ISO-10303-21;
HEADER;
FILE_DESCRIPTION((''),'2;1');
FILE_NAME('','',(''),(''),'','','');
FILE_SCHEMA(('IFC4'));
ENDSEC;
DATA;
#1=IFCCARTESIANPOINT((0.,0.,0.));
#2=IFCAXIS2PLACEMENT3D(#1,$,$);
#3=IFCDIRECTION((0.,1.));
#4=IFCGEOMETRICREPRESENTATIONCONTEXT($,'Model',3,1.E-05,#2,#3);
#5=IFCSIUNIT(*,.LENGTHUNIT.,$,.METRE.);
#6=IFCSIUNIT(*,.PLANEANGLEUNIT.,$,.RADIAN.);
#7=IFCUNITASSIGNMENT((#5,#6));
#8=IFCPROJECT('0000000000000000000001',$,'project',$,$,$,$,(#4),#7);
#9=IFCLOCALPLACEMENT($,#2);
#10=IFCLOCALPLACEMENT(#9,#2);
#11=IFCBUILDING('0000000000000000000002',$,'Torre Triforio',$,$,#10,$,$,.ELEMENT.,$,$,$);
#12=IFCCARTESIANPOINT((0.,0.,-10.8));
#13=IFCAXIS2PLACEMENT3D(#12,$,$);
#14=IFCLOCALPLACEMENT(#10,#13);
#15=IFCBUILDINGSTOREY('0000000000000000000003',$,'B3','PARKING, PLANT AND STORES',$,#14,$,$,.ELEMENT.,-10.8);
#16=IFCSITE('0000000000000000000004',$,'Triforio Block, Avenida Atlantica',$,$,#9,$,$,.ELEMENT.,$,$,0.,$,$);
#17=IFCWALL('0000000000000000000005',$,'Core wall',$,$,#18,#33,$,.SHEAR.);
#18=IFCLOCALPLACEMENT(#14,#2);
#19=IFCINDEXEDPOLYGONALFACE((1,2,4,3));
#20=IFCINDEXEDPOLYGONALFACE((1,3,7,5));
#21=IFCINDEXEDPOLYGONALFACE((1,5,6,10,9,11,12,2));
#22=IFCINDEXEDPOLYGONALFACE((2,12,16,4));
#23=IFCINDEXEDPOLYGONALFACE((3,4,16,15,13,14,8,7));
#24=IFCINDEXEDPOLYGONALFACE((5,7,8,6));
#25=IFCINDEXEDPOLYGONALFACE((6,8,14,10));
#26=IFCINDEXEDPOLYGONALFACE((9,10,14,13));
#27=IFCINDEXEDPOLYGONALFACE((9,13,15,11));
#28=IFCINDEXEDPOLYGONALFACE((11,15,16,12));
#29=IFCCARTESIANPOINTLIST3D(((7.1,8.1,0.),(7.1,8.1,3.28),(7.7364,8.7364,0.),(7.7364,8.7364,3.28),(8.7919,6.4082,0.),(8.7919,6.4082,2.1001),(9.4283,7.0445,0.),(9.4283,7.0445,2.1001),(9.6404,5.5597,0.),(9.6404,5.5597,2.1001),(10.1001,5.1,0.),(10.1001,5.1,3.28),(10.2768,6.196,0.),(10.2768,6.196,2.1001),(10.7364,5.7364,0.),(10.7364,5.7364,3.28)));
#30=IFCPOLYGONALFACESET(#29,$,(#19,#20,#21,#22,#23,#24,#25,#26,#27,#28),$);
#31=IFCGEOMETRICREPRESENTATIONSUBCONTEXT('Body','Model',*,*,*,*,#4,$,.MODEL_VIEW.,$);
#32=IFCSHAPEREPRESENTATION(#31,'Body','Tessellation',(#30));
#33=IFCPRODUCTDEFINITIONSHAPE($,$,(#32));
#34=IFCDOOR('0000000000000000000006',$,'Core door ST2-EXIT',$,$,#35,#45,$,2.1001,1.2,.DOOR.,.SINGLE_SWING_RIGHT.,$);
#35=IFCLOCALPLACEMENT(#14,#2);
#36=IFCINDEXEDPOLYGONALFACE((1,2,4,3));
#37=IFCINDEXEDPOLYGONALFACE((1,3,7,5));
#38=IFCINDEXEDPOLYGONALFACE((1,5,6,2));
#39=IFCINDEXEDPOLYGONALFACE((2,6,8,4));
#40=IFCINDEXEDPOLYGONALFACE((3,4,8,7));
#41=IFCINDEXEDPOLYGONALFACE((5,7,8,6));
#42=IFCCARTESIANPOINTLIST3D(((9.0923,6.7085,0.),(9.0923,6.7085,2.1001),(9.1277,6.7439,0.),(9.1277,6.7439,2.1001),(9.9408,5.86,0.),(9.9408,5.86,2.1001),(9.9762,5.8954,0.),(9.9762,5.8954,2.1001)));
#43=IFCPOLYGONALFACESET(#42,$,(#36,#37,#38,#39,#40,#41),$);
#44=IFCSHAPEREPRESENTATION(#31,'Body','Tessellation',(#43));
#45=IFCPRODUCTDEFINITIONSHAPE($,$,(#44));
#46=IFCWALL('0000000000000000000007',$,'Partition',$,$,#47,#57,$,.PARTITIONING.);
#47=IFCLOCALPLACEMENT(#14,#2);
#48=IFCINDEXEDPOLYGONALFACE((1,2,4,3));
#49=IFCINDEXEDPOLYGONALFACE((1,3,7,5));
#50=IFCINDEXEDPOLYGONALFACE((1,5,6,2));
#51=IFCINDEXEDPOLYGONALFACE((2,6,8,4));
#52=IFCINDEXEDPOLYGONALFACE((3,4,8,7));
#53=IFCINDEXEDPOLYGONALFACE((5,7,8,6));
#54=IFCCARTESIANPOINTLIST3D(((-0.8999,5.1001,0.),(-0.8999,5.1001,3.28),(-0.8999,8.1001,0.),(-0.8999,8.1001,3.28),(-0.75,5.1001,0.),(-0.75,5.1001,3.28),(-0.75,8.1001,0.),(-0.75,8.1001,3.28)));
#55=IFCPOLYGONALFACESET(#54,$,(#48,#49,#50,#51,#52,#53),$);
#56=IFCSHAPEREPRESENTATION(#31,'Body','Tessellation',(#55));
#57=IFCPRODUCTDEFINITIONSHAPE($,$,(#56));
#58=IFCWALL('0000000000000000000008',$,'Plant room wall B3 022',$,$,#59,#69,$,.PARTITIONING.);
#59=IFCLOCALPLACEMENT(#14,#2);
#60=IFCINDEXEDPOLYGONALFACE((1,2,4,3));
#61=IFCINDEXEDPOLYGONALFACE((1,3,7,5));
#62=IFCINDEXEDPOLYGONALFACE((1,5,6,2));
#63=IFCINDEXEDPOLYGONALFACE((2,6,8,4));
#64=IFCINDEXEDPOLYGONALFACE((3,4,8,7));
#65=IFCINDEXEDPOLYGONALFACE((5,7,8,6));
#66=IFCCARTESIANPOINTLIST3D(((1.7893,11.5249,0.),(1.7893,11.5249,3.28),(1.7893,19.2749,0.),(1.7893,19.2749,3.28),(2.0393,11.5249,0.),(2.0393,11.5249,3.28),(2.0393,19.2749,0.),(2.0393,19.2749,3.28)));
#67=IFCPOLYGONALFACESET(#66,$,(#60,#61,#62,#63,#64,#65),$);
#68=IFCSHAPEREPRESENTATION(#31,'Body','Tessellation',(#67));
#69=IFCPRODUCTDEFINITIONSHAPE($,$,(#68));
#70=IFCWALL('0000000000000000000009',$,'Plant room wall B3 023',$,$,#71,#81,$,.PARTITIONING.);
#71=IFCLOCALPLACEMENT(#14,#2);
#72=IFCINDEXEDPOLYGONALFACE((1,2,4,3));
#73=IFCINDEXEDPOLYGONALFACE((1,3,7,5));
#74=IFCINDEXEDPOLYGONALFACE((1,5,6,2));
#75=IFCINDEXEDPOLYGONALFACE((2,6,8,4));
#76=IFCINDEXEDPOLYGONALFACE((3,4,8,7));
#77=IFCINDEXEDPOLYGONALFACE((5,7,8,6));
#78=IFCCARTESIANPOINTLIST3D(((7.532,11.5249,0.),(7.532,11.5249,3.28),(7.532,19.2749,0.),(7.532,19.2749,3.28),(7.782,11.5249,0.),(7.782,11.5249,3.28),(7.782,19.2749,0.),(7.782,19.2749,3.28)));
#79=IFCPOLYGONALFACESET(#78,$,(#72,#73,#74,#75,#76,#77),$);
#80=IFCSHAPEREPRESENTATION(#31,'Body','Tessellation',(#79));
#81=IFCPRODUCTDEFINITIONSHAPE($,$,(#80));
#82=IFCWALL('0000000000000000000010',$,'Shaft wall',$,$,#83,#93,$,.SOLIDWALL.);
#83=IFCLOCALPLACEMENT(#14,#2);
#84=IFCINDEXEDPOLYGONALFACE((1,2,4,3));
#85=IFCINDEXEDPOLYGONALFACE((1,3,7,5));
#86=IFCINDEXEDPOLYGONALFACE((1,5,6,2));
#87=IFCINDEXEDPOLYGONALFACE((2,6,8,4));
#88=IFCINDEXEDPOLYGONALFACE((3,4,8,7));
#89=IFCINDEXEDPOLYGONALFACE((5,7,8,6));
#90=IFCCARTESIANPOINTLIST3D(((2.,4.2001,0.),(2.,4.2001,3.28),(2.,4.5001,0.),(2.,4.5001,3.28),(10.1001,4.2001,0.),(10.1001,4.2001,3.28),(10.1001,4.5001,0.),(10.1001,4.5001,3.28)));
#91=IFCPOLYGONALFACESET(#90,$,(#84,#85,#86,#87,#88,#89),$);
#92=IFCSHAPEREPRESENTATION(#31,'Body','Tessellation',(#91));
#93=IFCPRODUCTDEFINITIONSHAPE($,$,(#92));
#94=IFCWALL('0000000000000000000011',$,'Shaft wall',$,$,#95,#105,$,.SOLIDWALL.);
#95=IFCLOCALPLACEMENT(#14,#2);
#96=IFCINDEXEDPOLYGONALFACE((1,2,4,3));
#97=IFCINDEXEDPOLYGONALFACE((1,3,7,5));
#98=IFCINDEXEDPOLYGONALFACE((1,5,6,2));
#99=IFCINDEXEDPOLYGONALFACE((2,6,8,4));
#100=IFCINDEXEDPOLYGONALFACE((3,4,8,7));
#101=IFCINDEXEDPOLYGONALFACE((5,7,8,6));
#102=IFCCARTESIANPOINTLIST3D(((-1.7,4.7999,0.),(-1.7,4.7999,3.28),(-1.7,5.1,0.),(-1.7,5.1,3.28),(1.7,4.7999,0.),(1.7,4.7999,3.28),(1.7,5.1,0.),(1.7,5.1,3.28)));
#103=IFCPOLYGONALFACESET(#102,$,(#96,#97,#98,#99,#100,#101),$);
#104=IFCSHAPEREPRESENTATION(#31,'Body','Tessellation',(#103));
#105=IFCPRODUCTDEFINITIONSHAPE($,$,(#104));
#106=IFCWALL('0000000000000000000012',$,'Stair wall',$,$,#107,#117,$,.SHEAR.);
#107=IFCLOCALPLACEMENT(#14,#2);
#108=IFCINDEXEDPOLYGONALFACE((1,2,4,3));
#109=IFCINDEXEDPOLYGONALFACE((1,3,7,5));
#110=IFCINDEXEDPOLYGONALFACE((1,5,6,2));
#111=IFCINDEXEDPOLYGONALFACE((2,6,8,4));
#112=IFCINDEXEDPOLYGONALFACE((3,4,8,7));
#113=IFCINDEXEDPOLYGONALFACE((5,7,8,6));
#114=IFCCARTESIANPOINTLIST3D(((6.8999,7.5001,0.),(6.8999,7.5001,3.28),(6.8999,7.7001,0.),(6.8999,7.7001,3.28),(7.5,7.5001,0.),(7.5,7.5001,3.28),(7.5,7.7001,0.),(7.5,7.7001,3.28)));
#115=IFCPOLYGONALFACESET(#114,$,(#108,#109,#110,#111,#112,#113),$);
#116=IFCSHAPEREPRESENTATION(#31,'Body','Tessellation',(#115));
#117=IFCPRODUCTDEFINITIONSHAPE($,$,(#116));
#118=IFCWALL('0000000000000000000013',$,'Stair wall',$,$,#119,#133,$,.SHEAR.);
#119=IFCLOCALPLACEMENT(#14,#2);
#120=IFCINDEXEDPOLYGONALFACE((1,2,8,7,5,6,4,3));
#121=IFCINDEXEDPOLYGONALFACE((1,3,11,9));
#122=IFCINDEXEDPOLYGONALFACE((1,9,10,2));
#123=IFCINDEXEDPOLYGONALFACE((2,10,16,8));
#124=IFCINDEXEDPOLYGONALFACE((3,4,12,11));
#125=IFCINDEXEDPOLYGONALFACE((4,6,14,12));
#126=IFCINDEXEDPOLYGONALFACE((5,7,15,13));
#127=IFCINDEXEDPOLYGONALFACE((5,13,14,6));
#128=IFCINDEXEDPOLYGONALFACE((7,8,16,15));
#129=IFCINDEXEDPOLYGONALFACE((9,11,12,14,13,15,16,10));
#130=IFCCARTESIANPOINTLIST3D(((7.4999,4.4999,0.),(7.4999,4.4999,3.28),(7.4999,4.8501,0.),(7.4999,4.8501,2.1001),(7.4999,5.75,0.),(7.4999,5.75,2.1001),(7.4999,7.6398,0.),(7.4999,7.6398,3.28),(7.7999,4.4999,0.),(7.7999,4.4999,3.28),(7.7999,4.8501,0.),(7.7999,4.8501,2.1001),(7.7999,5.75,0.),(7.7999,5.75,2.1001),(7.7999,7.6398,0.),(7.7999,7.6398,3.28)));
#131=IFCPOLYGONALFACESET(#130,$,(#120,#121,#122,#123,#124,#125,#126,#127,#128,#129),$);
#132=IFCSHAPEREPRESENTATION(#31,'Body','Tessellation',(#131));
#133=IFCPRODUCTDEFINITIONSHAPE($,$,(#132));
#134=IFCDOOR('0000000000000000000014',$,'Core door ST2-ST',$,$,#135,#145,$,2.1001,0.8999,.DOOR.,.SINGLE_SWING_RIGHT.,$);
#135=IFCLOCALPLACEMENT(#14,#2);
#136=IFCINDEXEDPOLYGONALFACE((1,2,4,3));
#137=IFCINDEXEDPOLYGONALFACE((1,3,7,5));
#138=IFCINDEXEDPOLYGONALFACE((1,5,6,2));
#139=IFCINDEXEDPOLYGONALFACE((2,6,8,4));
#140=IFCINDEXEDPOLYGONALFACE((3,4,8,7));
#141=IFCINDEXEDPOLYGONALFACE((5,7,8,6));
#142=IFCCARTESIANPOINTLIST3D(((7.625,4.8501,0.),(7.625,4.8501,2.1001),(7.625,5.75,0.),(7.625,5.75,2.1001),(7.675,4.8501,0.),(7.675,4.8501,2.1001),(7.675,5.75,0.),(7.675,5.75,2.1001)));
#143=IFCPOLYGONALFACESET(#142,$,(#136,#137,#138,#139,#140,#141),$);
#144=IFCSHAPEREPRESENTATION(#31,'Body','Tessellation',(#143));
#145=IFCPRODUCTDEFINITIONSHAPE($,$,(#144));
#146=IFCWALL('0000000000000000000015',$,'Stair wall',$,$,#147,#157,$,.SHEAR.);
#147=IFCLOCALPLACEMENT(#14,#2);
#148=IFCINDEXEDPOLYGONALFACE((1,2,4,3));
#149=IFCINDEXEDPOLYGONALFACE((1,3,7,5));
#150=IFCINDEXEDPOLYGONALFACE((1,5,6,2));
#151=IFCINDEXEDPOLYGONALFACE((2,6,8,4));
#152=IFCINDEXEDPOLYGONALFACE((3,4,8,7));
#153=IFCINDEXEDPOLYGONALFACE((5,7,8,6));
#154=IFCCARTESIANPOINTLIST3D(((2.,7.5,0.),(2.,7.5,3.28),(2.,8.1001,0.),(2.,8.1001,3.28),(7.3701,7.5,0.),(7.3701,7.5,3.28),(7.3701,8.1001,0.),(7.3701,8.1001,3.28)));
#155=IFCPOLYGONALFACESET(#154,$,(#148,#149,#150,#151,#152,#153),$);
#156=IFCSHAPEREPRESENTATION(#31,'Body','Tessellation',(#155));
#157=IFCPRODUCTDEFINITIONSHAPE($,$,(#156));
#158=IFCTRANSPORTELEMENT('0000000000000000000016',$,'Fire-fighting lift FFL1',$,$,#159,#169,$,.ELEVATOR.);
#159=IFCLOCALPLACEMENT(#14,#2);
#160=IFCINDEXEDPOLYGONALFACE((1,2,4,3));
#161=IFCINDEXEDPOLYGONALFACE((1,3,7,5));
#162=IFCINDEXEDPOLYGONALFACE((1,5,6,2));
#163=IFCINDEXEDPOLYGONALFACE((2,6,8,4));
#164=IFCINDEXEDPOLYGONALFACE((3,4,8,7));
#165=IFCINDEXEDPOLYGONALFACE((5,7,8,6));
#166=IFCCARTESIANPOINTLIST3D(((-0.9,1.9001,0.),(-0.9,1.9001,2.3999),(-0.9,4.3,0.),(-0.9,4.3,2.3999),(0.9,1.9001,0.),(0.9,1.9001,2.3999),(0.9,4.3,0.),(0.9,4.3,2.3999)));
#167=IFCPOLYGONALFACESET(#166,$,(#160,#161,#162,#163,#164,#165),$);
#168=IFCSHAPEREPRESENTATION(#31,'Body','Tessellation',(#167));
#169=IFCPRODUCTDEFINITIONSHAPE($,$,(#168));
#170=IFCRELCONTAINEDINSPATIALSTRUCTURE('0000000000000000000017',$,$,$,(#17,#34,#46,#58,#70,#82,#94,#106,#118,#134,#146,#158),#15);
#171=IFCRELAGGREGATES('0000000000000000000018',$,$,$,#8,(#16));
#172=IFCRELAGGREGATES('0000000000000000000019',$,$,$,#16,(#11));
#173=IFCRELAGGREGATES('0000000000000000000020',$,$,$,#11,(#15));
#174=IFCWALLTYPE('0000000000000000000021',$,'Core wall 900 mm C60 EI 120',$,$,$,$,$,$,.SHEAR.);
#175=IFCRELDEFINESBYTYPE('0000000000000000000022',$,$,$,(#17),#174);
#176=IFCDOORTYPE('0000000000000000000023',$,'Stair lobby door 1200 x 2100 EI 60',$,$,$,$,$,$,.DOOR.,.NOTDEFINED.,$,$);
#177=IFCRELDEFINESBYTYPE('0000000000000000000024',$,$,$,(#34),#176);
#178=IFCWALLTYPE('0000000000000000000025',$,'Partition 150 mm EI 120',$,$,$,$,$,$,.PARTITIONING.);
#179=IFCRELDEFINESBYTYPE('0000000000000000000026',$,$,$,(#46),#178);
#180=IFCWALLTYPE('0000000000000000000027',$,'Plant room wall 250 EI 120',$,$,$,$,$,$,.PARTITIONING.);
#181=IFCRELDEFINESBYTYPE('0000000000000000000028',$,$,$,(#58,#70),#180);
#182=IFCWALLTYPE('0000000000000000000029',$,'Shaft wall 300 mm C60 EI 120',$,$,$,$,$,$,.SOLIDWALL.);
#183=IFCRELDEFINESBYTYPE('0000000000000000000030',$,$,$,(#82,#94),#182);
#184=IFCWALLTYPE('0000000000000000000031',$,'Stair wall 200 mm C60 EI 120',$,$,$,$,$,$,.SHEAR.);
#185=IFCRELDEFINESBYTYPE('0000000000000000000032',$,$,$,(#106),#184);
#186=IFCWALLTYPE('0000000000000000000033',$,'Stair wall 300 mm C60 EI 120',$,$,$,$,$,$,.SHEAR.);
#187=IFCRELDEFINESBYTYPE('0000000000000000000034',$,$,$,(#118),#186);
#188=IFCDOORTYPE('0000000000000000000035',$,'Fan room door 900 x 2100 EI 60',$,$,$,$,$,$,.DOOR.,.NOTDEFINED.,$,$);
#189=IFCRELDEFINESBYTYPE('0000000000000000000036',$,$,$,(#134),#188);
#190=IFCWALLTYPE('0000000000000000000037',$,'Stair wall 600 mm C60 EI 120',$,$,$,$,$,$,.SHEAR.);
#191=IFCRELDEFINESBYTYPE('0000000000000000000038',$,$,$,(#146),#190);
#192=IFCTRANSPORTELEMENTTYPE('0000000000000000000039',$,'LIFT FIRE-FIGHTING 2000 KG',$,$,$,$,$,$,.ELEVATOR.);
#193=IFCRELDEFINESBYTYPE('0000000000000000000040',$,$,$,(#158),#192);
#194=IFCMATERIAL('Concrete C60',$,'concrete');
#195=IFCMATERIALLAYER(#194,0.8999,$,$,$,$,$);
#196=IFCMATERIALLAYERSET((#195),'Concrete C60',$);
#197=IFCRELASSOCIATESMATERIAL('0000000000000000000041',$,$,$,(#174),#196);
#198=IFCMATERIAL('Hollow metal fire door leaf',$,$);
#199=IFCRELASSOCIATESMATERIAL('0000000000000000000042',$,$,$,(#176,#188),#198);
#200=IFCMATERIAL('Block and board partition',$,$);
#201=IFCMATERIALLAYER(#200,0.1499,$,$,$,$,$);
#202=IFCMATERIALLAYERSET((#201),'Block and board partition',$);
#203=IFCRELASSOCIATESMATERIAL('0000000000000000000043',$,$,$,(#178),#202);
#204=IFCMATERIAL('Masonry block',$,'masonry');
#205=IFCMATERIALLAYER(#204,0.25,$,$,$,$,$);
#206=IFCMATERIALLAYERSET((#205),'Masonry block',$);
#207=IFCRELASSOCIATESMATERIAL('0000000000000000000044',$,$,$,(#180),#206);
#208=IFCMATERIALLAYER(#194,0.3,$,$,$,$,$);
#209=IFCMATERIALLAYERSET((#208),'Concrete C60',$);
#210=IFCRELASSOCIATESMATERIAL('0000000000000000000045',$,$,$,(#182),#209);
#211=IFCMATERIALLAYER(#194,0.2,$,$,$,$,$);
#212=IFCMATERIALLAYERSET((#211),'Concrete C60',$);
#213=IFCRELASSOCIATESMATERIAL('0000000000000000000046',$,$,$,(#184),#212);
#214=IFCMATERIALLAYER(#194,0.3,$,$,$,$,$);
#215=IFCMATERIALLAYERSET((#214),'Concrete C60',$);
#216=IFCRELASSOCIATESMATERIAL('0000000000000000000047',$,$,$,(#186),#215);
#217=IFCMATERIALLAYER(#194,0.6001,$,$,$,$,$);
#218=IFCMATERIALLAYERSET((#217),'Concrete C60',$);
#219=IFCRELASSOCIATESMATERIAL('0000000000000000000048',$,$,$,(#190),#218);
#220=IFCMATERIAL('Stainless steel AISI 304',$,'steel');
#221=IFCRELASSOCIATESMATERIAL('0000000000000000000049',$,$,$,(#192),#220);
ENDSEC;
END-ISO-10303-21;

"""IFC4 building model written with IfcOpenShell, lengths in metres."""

from ifc_helpers import new_model, si_unit, direction, frame, frame_2d, origin, origin_2d, place, context, subcontext, project, spatial, rectangle, extrude, material, layer, layer_set, type_object, element, fill, save


model = new_model("IFC4")

# Units and contexts
model_context = context("Model", 3, precision=1e-05, world=origin(), true_north=direction((0.0, 1.0)))
body_context = subcontext(model_context, "Body", "Model", "MODEL_VIEW")
ifc_project = project(units=[si_unit("LENGTHUNIT", "METRE"), si_unit("PLANEANGLEUNIT", "RADIAN")], contexts=[model_context])

# Site, building, storey
site_placement = place(None, origin())
site = spatial("IfcSite", under=ifc_project, at=site_placement, Name="Triforio Block, Avenida Atlantica", CompositionType="ELEMENT", RefElevation=0.0)
building_placement = place(site_placement, origin())
building = spatial("IfcBuilding", under=site, at=building_placement, Name="Torre Triforio", CompositionType="ELEMENT")
storey_placement = place(building_placement, frame((0.0, 0.0, -10.8)))
storey = spatial("IfcBuildingStorey", under=building, at=storey_placement, Name="B3", Description="PARKING, PLANT AND STORES", CompositionType="ELEMENT", Elevation=-10.8)

# Wall, opening, door
ifc_material_1 = material(Name="Concrete C60", Category="concrete")
ifc_layer_1 = layer(ifc_material_1, 0.8999)
ifc_layer_set_1 = layer_set([ifc_layer_1], Name="Concrete C60")
wall_type_1 = type_object("IfcWallType", Name="Core wall 900 mm C60 EI 120", PredefinedType="SHEAR", material=ifc_layer_set_1)
wall_1_placement = place(storey_placement, frame((7.4182, 8.4182, 0.0), z_axis=(0.0, 0.0, 1.0), x_axis=(0.707107, -0.707107, 0.0)))
wall_1 = element("IfcWall", 1, at=wall_1_placement, inside=storey, type_object=wall_type_1, Name="Core wall", PredefinedType="SHEAR", context=body_context, shape_type="SweptSolid", body=[
    extrude(rectangle(XDim=4.2427, YDim=0.8999, at=frame_2d((2.1213, 0.0))), origin(), (0.0, 0.0, 1.0), 3.28),
])
opening_1_placement = place(wall_1_placement, frame((2.3926, 0.0, 0.0)))
opening_1 = element("IfcOpeningElement", 2, at=opening_1_placement, cuts=wall_1, PredefinedType="OPENING", context=body_context, shape_type="SweptSolid", body=[
    extrude(rectangle(XDim=1.2, YDim=2.1001, at=frame_2d((0.6001, 1.05))), frame((0.0, 0.46, 0.0), z_axis=(0.0, -1.0, 0.0), x_axis=(1.0, 0.0, 0.0)), (0.0, 0.0, 1.0), 0.9199),
])
ifc_material_2 = material(Name="Hollow metal fire door leaf")
door_type_1 = type_object("IfcDoorType", Name="Stair lobby door 1200 x 2100 EI 60", OperationType="NOTDEFINED", PredefinedType="DOOR", material=ifc_material_2)
door_1_placement = place(opening_1_placement, origin())
door_1 = element("IfcDoor", 3, at=door_1_placement, inside=storey, type_object=door_type_1, Name="Core door ST2-EXIT", OperationType="SINGLE_SWING_RIGHT", OverallHeight=2.1001, OverallWidth=1.2, PredefinedType="DOOR", context=body_context, shape_type="SweptSolid", body=[
    extrude(rectangle(XDim=1.2, YDim=2.1001, at=frame_2d((0.6001, 1.05))), frame((0.0, 0.0249, 0.0), z_axis=(0.0, -1.0, 0.0), x_axis=(1.0, 0.0, 0.0)), (0.0, 0.0, 1.0), 0.05),
])
fill(opening_1, door_1)

# Walls
ifc_material_3 = material(Name="Block and board partition")
ifc_layer_2 = layer(ifc_material_3, 0.1499)
ifc_layer_set_2 = layer_set([ifc_layer_2], Name="Block and board partition")
wall_type_2 = type_object("IfcWallType", Name="Partition 150 mm EI 120", PredefinedType="PARTITIONING", material=ifc_layer_set_2)
wall_2_placement = place(storey_placement, frame((-0.825, 5.1001, 0.0), z_axis=(0.0, 0.0, 1.0), x_axis=(0.0, 1.0, 0.0)))
element("IfcWall", 4, at=wall_2_placement, inside=storey, type_object=wall_type_2, Name="Partition", PredefinedType="PARTITIONING", context=body_context, shape_type="SweptSolid", body=[
    extrude(rectangle(XDim=3.0, YDim=0.1499, at=frame_2d((1.5, 0.0))), origin(), (0.0, 0.0, 1.0), 3.28),
])
ifc_material_4 = material(Name="Masonry block", Category="masonry")
ifc_layer_3 = layer(ifc_material_4, 0.25)
ifc_layer_set_3 = layer_set([ifc_layer_3], Name="Masonry block")
wall_type_3 = type_object("IfcWallType", Name="Plant room wall 250 EI 120", PredefinedType="PARTITIONING", material=ifc_layer_set_3)
for number, where, z_axis, x_axis, name in (
    (5, (1.9143, 11.5249, 0.0), (0.0, 0.0, 1.0), (0.0, 1.0, 0.0), "Plant room wall B3 022"),
    (6, (7.657, 11.5249, 0.0), (0.0, 0.0, 1.0), (0.0, 1.0, 0.0), "Plant room wall B3 023"),
):
    element("IfcWall", number, at=place(storey_placement, frame(where, z_axis=z_axis, x_axis=x_axis)), inside=storey, type_object=wall_type_3, Name=name, PredefinedType="PARTITIONING", context=body_context, shape_type="SweptSolid", body=[
        extrude(rectangle(XDim=7.75, YDim=0.25, at=frame_2d((3.875, 0.0))), origin(), (0.0, 0.0, 1.0), 3.28),
    ])
ifc_layer_4 = layer(ifc_material_1, 0.3)
ifc_layer_set_4 = layer_set([ifc_layer_4], Name="Concrete C60")
wall_type_4 = type_object("IfcWallType", Name="Shaft wall 300 mm C60 EI 120", PredefinedType="SOLIDWALL", material=ifc_layer_set_4)
wall_3_placement = place(storey_placement, frame((2.0, 4.3501, 0.0), z_axis=(0.0, 0.0, 1.0), x_axis=(1.0, 0.0, 0.0)))
element("IfcWall", 7, at=wall_3_placement, inside=storey, type_object=wall_type_4, Name="Shaft wall", PredefinedType="SOLIDWALL", context=body_context, shape_type="SweptSolid", body=[
    extrude(rectangle(XDim=8.1001, YDim=0.3, at=frame_2d((4.05, 0.0))), origin(), (0.0, 0.0, 1.0), 3.28),
])
wall_4_placement = place(storey_placement, frame((-1.7, 4.95, 0.0), z_axis=(0.0, 0.0, 1.0), x_axis=(1.0, 0.0, 0.0)))
element("IfcWall", 8, at=wall_4_placement, inside=storey, type_object=wall_type_4, Name="Shaft wall", PredefinedType="SOLIDWALL", context=body_context, shape_type="SweptSolid", body=[
    extrude(rectangle(XDim=3.3999, YDim=0.3, at=frame_2d((1.7, 0.0))), origin(), (0.0, 0.0, 1.0), 3.28),
])
ifc_layer_5 = layer(ifc_material_1, 0.2)
ifc_layer_set_5 = layer_set([ifc_layer_5], Name="Concrete C60")
wall_type_5 = type_object("IfcWallType", Name="Stair wall 200 mm C60 EI 120", PredefinedType="SHEAR", material=ifc_layer_set_5)
wall_5_placement = place(storey_placement, frame((6.8999, 7.6001, 0.0), z_axis=(0.0, 0.0, 1.0), x_axis=(1.0, 0.0, 0.0)))
element("IfcWall", 9, at=wall_5_placement, inside=storey, type_object=wall_type_5, Name="Stair wall", PredefinedType="SHEAR", context=body_context, shape_type="SweptSolid", body=[
    extrude(rectangle(XDim=0.6001, YDim=0.2, at=frame_2d((0.3, 0.0))), origin(), (0.0, 0.0, 1.0), 3.28),
])

# Wall, opening, door
ifc_layer_6 = layer(ifc_material_1, 0.3)
ifc_layer_set_6 = layer_set([ifc_layer_6], Name="Concrete C60")
wall_type_6 = type_object("IfcWallType", Name="Stair wall 300 mm C60 EI 120", PredefinedType="SHEAR", material=ifc_layer_set_6)
wall_6_placement = place(storey_placement, frame((7.6499, 4.5, 0.0), z_axis=(0.0, 0.0, 1.0), x_axis=(0.0, 1.0, 0.0)))
wall_6 = element("IfcWall", 10, at=wall_6_placement, inside=storey, type_object=wall_type_6, Name="Stair wall", PredefinedType="SHEAR", context=body_context, shape_type="SweptSolid", body=[
    extrude(rectangle(XDim=3.1399, YDim=0.3, at=frame_2d((1.5698, 0.0))), origin(), (0.0, 0.0, 1.0), 3.28),
])
opening_2_placement = place(wall_6_placement, frame((0.3501, 0.0, 0.0)))
opening_2 = element("IfcOpeningElement", 11, at=opening_2_placement, cuts=wall_6, PredefinedType="OPENING", context=body_context, shape_type="SweptSolid", body=[
    extrude(rectangle(XDim=0.8999, YDim=2.1001, at=frame_2d((0.45, 1.05))), frame((0.0, 0.1599, 0.0), z_axis=(0.0, -1.0, 0.0), x_axis=(1.0, 0.0, 0.0)), (0.0, 0.0, 1.0), 0.3201),
])
door_type_2 = type_object("IfcDoorType", Name="Fan room door 900 x 2100 EI 60", OperationType="NOTDEFINED", PredefinedType="DOOR", material=ifc_material_2)
door_2_placement = place(opening_2_placement, origin())
door_2 = element("IfcDoor", 12, at=door_2_placement, inside=storey, type_object=door_type_2, Name="Core door ST2-ST", OperationType="SINGLE_SWING_RIGHT", OverallHeight=2.1001, OverallWidth=0.8999, PredefinedType="DOOR", context=body_context, shape_type="SweptSolid", body=[
    extrude(rectangle(XDim=0.8999, YDim=2.1001, at=frame_2d((0.45, 1.05))), frame((0.0, 0.0249, 0.0), z_axis=(0.0, -1.0, 0.0), x_axis=(1.0, 0.0, 0.0)), (0.0, 0.0, 1.0), 0.05),
])
fill(opening_2, door_2)

# Wall
ifc_layer_7 = layer(ifc_material_1, 0.6001)
ifc_layer_set_7 = layer_set([ifc_layer_7], Name="Concrete C60")
wall_type_7 = type_object("IfcWallType", Name="Stair wall 600 mm C60 EI 120", PredefinedType="SHEAR", material=ifc_layer_set_7)
wall_7_placement = place(storey_placement, frame((2.0, 7.8, 0.0), z_axis=(0.0, 0.0, 1.0), x_axis=(1.0, 0.0, 0.0)))
element("IfcWall", 13, at=wall_7_placement, inside=storey, type_object=wall_type_7, Name="Stair wall", PredefinedType="SHEAR", context=body_context, shape_type="SweptSolid", body=[
    extrude(rectangle(XDim=5.3701, YDim=0.6001, at=frame_2d((2.6851, 0.0))), origin(), (0.0, 0.0, 1.0), 3.28),
])

# Transport element
ifc_material_5 = material(Name="Stainless steel AISI 304", Category="steel")
transport_element_type_1 = type_object("IfcTransportElementType", Name="LIFT FIRE-FIGHTING 2000 KG", PredefinedType="ELEVATOR", material=ifc_material_5)
transport_element_1_placement = place(storey_placement, frame((0.0, 3.1001, 0.0), z_axis=(0.0, 0.0, 1.0), x_axis=(1.0, 0.0, 0.0)))
element("IfcTransportElement", 14, at=transport_element_1_placement, inside=storey, type_object=transport_element_type_1, Name="Fire-fighting lift FFL1", PredefinedType="ELEVATOR", context=body_context, shape_type="SweptSolid", body=[
    extrude(rectangle(XDim=1.8, YDim=2.3999, at=origin_2d()), origin(), (0.0, 0.0, 1.0), 2.3999),
])

save(model, "model.ifc")
